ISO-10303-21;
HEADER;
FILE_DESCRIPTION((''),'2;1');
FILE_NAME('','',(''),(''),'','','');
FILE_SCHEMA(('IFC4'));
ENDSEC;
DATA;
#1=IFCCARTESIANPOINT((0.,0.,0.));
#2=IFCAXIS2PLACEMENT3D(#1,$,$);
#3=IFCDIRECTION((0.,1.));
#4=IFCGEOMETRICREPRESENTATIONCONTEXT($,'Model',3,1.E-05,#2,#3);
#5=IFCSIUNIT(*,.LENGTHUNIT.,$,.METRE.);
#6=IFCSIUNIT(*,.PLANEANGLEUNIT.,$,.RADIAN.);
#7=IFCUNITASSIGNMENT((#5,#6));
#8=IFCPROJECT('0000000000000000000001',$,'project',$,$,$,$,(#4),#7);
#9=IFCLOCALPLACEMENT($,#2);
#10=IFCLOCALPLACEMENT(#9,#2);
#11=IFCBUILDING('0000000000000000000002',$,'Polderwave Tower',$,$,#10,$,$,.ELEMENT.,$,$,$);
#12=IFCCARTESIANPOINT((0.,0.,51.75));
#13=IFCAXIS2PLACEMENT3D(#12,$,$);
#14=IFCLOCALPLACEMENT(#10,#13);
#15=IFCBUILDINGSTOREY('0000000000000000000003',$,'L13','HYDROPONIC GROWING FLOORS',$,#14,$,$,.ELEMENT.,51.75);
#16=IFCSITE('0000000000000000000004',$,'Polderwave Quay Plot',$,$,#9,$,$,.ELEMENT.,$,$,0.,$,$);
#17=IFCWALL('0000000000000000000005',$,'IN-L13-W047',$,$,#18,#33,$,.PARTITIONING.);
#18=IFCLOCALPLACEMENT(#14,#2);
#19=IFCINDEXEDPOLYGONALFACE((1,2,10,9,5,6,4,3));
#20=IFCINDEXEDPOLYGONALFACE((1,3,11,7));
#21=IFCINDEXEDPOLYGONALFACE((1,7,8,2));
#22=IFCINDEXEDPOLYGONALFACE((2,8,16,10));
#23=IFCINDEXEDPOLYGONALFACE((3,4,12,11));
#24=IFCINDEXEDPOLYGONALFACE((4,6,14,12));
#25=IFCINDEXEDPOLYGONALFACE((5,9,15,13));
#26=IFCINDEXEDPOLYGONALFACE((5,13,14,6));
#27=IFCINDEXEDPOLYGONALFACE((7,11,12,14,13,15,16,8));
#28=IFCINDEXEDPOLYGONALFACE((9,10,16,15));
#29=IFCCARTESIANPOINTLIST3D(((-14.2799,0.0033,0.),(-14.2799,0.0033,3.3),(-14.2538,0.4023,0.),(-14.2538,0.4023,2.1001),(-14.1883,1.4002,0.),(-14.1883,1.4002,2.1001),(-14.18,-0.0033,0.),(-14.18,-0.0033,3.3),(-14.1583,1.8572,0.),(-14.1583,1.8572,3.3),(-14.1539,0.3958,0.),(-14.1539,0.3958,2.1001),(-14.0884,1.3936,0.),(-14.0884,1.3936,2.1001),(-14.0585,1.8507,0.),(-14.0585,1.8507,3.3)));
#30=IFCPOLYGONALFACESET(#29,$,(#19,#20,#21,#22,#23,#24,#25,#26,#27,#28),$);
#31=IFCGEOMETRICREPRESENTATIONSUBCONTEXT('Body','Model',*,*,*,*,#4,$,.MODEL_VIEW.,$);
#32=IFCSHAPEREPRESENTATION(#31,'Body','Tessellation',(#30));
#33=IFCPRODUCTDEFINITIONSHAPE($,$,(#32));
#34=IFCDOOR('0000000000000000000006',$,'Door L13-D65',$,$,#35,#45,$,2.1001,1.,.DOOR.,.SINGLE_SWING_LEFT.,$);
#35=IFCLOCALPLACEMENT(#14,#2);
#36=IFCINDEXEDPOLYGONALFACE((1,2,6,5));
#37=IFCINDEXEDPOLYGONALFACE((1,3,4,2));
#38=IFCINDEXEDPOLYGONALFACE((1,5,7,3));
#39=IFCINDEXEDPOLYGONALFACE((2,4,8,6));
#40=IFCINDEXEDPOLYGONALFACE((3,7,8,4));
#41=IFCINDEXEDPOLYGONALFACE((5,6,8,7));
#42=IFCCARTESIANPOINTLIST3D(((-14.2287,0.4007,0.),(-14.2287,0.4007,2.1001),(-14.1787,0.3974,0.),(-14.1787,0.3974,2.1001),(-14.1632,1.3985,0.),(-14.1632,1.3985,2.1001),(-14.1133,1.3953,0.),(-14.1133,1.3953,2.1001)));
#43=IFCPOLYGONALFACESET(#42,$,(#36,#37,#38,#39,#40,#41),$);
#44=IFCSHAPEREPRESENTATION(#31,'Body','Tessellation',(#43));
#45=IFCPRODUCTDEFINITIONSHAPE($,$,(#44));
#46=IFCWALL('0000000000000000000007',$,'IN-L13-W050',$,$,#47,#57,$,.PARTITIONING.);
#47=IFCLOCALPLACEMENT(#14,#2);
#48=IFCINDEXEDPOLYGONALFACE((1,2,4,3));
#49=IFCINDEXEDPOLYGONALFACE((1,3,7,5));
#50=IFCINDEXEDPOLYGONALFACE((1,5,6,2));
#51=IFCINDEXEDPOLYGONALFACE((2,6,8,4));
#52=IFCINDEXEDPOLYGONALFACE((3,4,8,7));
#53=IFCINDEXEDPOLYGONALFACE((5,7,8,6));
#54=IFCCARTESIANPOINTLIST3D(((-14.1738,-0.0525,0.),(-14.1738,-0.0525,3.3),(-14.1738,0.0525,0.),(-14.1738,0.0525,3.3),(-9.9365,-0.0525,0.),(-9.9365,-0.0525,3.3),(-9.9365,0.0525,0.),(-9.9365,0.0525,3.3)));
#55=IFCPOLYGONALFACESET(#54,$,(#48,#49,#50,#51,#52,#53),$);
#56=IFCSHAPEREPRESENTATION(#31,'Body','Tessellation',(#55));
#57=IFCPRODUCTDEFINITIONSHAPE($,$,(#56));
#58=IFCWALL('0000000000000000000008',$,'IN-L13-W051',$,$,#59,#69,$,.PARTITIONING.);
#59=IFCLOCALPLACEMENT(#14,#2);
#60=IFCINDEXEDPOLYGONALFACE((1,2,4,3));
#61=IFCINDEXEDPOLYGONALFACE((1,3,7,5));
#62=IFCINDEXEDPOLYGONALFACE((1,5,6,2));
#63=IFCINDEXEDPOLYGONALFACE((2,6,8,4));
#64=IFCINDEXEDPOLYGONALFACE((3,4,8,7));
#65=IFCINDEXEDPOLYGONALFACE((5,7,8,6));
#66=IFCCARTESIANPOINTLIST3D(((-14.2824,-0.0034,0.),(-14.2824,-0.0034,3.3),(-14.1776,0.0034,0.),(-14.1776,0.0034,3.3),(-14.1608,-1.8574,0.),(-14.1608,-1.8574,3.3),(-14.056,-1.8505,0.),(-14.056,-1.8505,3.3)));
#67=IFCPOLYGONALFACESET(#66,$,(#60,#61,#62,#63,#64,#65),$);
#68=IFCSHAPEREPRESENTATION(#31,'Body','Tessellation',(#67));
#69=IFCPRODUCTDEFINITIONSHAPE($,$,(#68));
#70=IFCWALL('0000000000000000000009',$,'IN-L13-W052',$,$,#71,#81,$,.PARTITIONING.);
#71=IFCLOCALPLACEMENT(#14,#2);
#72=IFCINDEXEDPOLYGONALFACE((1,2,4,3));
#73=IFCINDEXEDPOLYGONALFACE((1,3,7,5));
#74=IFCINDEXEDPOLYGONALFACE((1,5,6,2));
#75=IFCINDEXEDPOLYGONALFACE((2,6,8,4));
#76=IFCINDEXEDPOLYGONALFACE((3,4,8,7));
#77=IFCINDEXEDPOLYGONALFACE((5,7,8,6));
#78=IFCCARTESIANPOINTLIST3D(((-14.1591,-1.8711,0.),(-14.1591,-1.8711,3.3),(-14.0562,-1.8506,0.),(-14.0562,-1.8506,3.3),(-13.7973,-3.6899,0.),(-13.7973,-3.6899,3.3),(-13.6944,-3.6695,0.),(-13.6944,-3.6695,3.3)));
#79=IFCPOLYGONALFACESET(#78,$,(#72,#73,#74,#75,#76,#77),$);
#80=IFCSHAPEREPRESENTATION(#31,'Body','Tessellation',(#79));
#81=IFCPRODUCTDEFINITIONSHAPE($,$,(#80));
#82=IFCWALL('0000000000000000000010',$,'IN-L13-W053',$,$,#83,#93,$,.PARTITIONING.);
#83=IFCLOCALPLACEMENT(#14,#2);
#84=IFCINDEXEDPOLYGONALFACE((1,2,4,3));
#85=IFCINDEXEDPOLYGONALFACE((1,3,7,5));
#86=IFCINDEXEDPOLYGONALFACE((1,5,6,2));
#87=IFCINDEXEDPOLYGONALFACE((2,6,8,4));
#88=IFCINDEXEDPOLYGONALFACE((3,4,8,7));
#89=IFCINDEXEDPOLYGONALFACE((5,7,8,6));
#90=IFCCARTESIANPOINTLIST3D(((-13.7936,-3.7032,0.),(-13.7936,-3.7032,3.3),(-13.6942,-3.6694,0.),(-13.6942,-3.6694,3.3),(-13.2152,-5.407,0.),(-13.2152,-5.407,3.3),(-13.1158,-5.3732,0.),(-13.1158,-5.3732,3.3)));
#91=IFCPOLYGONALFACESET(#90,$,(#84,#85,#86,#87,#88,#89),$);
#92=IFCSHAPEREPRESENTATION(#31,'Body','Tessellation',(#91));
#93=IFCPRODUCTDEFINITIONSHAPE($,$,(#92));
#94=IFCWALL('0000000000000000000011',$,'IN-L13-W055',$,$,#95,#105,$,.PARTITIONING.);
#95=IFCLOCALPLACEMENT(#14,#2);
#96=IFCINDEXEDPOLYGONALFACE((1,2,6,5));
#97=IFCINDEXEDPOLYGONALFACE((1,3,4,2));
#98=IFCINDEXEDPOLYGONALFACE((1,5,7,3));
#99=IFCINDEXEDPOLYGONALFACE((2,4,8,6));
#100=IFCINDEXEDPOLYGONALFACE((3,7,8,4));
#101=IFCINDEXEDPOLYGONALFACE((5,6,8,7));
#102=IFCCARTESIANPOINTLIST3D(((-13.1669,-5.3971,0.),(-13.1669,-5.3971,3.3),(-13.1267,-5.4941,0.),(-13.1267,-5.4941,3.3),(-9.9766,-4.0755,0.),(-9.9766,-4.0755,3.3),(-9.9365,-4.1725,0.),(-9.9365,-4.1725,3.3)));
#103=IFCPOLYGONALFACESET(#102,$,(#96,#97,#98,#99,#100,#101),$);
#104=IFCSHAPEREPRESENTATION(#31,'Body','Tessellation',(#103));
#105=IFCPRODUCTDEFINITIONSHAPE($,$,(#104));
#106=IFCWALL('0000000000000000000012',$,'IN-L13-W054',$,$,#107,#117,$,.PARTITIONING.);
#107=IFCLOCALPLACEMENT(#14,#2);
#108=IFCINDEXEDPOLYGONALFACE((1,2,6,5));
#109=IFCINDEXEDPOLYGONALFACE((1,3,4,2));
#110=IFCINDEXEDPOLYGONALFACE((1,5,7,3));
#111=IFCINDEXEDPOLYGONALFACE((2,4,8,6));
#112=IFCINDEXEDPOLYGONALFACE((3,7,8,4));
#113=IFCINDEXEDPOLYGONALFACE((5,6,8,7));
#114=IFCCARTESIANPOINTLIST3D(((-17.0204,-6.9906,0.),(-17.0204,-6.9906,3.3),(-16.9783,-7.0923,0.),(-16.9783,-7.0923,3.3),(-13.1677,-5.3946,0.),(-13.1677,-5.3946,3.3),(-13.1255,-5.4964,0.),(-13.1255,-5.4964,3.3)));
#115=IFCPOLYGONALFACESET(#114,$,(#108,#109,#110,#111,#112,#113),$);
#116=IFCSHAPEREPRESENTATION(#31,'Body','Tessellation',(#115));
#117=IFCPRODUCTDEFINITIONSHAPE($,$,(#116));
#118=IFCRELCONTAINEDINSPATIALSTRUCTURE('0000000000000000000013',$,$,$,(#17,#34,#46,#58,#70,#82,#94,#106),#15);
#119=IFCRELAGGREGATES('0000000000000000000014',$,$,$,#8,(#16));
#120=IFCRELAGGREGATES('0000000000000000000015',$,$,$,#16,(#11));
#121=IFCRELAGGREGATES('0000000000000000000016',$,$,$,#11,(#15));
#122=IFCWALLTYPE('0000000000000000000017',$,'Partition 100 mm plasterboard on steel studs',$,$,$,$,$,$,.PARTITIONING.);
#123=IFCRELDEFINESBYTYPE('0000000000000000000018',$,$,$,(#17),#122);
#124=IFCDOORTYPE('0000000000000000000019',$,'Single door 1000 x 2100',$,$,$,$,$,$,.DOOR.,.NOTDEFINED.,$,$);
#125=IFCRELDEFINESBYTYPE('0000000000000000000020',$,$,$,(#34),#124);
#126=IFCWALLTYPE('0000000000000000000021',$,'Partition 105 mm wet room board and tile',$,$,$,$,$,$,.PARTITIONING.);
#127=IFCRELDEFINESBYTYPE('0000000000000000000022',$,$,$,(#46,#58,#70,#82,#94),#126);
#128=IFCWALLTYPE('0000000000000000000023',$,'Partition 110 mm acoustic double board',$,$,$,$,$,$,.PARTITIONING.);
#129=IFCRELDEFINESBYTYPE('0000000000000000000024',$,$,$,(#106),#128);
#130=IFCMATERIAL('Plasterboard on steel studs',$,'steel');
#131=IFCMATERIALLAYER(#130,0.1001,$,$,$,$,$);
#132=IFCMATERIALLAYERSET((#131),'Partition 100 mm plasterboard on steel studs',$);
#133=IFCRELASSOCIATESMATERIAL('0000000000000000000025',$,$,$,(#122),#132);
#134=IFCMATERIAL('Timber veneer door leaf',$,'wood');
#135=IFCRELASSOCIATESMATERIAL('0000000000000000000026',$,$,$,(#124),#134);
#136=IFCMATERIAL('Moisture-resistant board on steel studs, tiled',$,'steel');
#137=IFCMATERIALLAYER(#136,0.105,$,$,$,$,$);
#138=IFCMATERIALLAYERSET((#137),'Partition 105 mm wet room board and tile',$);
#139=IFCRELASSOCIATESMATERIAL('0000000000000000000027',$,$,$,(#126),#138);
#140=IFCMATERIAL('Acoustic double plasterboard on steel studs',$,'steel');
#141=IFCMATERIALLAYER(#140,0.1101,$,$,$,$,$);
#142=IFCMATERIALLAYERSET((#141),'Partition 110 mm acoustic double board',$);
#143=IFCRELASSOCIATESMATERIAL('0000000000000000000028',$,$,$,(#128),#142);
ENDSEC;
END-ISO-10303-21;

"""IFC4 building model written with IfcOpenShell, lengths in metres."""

from ifc_helpers import new_model, si_unit, direction, frame, frame_2d, origin, place, context, subcontext, project, spatial, rectangle, extrude, material, layer, layer_set, type_object, element, fill, save


model = new_model("IFC4")

# Units and contexts
model_context = context("Model", 3, precision=1e-05, world=origin(), true_north=direction((0.0, 1.0)))
body_context = subcontext(model_context, "Body", "Model", "MODEL_VIEW")
ifc_project = project(units=[si_unit("LENGTHUNIT", "METRE"), si_unit("PLANEANGLEUNIT", "RADIAN")], contexts=[model_context])

# Site, building, storey
site_placement = place(None, origin())
site = spatial("IfcSite", under=ifc_project, at=site_placement, Name="Polderwave Quay Plot", CompositionType="ELEMENT", RefElevation=0.0)
building_placement = place(site_placement, origin())
building = spatial("IfcBuilding", under=site, at=building_placement, Name="Polderwave Tower", CompositionType="ELEMENT")
storey_placement = place(building_placement, frame((0.0, 0.0, 51.75)))
storey = spatial("IfcBuildingStorey", under=building, at=storey_placement, Name="L13", Description="HYDROPONIC GROWING FLOORS", CompositionType="ELEMENT", Elevation=51.75)

# Wall, opening, door
ifc_material_1 = material(Name="Plasterboard on steel studs", Category="steel")
ifc_layer_1 = layer(ifc_material_1, 0.1001)
ifc_layer_set_1 = layer_set([ifc_layer_1], Name="Partition 100 mm plasterboard on steel studs")
wall_type_1 = type_object("IfcWallType", Name="Partition 100 mm plasterboard on steel studs", PredefinedType="PARTITIONING", material=ifc_layer_set_1)
wall_1_placement = place(storey_placement, frame((-14.23, 0.0, 0.0), z_axis=(0.0, 0.0, 1.0), x_axis=(0.065438, 0.997857, 0.0)))
wall_1 = element("IfcWall", 1, at=wall_1_placement, inside=storey, type_object=wall_type_1, Name="IN-L13-W047", PredefinedType="PARTITIONING", context=body_context, shape_type="SweptSolid", body=[
    extrude(rectangle(XDim=1.8579, YDim=0.1001, at=frame_2d((0.929, 0.0))), origin(), (0.0, 0.0, 1.0), 3.3),
])
opening_1_placement = place(wall_1_placement, frame((0.3999, 0.0, 0.0)))
opening_1 = element("IfcOpeningElement", 2, at=opening_1_placement, cuts=wall_1, PredefinedType="OPENING", context=body_context, shape_type="SweptSolid", body=[
    extrude(rectangle(XDim=1.0, YDim=2.1001, at=frame_2d((0.5, 1.05))), frame((0.0, 0.0601, 0.0), z_axis=(0.0, -1.0, 0.0), x_axis=(1.0, 0.0, 0.0)), (0.0, 0.0, 1.0), 0.1201),
])
ifc_material_2 = material(Name="Timber veneer door leaf", Category="wood")
door_type_1 = type_object("IfcDoorType", Name="Single door 1000 x 2100", OperationType="NOTDEFINED", PredefinedType="DOOR", material=ifc_material_2)
door_1_placement = place(opening_1_placement, origin())
door_1 = element("IfcDoor", 3, at=door_1_placement, inside=storey, type_object=door_type_1, Name="Door L13-D65", OperationType="SINGLE_SWING_LEFT", OverallHeight=2.1001, OverallWidth=1.0, PredefinedType="DOOR", context=body_context, shape_type="SweptSolid", body=[
    extrude(rectangle(XDim=1.0, YDim=2.1001, at=frame_2d((0.5, 1.05))), frame((0.0, 0.0249, 0.0), z_axis=(0.0, -1.0, 0.0), x_axis=(1.0, 0.0, 0.0)), (0.0, 0.0, 1.0), 0.05),
])
fill(opening_1, door_1)

# Walls
ifc_material_3 = material(Name="Moisture-resistant board on steel studs, tiled", Category="steel")
ifc_layer_2 = layer(ifc_material_3, 0.105)
ifc_layer_set_2 = layer_set([ifc_layer_2], Name="Partition 105 mm wet room board and tile")
wall_type_2 = type_object("IfcWallType", Name="Partition 105 mm wet room board and tile", PredefinedType="PARTITIONING", material=ifc_layer_set_2)
wall_2_placement = place(storey_placement, frame((-9.9365, 0.0, 0.0), z_axis=(0.0, 0.0, 1.0), x_axis=(-1.0, 0.0, 0.0)))
element("IfcWall", 4, at=wall_2_placement, inside=storey, type_object=wall_type_2, Name="IN-L13-W050", PredefinedType="PARTITIONING", context=body_context, shape_type="SweptSolid", body=[
    extrude(rectangle(XDim=4.2373, YDim=0.105, at=frame_2d((2.1187, 0.0))), origin(), (0.0, 0.0, 1.0), 3.3),
])
wall_3_placement = place(storey_placement, frame((-14.23, 0.0, 0.0), z_axis=(0.0, 0.0, 1.0), x_axis=(0.065438, -0.997857, 0.0)))
element("IfcWall", 5, at=wall_3_placement, inside=storey, type_object=wall_type_2, Name="IN-L13-W051", PredefinedType="PARTITIONING", context=body_context, shape_type="SweptSolid", body=[
    extrude(rectangle(XDim=1.8579, YDim=0.105, at=frame_2d((0.929, 0.0))), origin(), (0.0, 0.0, 1.0), 3.3),
])
wall_4_placement = place(storey_placement, frame((-14.1077, -1.8608, 0.0), z_axis=(0.0, 0.0, 1.0), x_axis=(0.195103, -0.980783, 0.0)))
element("IfcWall", 6, at=wall_4_placement, inside=storey, type_object=wall_type_2, Name="IN-L13-W052", PredefinedType="PARTITIONING", context=body_context, shape_type="SweptSolid", body=[
    extrude(rectangle(XDim=1.8545, YDim=0.105, at=frame_2d((0.9272, 0.0))), origin(), (0.0, 0.0, 1.0), 3.3),
])
wall_5_placement = place(storey_placement, frame((-13.7439, -3.6863, 0.0), z_axis=(0.0, 0.0, 1.0), x_axis=(0.321433, -0.946932, 0.0)))
element("IfcWall", 7, at=wall_5_placement, inside=storey, type_object=wall_type_2, Name="IN-L13-W053", PredefinedType="PARTITIONING", context=body_context, shape_type="SweptSolid", body=[
    extrude(rectangle(XDim=1.7993, YDim=0.105, at=frame_2d((0.8997, 0.0))), origin(), (0.0, 0.0, 1.0), 3.3),
])
wall_6_placement = place(storey_placement, frame((-9.9565, -4.124, 0.0), z_axis=(0.0, 0.0, 1.0), x_axis=(-0.923868, -0.382712, 0.0)))
element("IfcWall", 8, at=wall_6_placement, inside=storey, type_object=wall_type_2, Name="IN-L13-W055", PredefinedType="PARTITIONING", context=body_context, shape_type="SweptSolid", body=[
    extrude(rectangle(XDim=3.4531, YDim=0.105, at=frame_2d((1.7266, 0.0))), origin(), (0.0, 0.0, 1.0), 3.3),
])
ifc_material_4 = material(Name="Acoustic double plasterboard on steel studs", Category="steel")
ifc_layer_3 = layer(ifc_material_4, 0.1101)
ifc_layer_set_3 = layer_set([ifc_layer_3], Name="Partition 110 mm acoustic double board")
wall_type_3 = type_object("IfcWallType", Name="Partition 110 mm acoustic double board", PredefinedType="PARTITIONING", material=ifc_layer_set_3)
wall_7_placement = place(storey_placement, frame((-13.1467, -5.4456, 0.0), z_axis=(0.0, 0.0, 1.0), x_axis=(-0.923873, -0.382698, 0.0)))
element("IfcWall", 9, at=wall_7_placement, inside=storey, type_object=wall_type_3, Name="IN-L13-W054", PredefinedType="PARTITIONING", context=body_context, shape_type="SweptSolid", body=[
    extrude(rectangle(XDim=4.1702, YDim=0.1101, at=frame_2d((2.085, 0.0))), origin(), (0.0, 0.0, 1.0), 3.3),
])

save(model, "model.ifc")
